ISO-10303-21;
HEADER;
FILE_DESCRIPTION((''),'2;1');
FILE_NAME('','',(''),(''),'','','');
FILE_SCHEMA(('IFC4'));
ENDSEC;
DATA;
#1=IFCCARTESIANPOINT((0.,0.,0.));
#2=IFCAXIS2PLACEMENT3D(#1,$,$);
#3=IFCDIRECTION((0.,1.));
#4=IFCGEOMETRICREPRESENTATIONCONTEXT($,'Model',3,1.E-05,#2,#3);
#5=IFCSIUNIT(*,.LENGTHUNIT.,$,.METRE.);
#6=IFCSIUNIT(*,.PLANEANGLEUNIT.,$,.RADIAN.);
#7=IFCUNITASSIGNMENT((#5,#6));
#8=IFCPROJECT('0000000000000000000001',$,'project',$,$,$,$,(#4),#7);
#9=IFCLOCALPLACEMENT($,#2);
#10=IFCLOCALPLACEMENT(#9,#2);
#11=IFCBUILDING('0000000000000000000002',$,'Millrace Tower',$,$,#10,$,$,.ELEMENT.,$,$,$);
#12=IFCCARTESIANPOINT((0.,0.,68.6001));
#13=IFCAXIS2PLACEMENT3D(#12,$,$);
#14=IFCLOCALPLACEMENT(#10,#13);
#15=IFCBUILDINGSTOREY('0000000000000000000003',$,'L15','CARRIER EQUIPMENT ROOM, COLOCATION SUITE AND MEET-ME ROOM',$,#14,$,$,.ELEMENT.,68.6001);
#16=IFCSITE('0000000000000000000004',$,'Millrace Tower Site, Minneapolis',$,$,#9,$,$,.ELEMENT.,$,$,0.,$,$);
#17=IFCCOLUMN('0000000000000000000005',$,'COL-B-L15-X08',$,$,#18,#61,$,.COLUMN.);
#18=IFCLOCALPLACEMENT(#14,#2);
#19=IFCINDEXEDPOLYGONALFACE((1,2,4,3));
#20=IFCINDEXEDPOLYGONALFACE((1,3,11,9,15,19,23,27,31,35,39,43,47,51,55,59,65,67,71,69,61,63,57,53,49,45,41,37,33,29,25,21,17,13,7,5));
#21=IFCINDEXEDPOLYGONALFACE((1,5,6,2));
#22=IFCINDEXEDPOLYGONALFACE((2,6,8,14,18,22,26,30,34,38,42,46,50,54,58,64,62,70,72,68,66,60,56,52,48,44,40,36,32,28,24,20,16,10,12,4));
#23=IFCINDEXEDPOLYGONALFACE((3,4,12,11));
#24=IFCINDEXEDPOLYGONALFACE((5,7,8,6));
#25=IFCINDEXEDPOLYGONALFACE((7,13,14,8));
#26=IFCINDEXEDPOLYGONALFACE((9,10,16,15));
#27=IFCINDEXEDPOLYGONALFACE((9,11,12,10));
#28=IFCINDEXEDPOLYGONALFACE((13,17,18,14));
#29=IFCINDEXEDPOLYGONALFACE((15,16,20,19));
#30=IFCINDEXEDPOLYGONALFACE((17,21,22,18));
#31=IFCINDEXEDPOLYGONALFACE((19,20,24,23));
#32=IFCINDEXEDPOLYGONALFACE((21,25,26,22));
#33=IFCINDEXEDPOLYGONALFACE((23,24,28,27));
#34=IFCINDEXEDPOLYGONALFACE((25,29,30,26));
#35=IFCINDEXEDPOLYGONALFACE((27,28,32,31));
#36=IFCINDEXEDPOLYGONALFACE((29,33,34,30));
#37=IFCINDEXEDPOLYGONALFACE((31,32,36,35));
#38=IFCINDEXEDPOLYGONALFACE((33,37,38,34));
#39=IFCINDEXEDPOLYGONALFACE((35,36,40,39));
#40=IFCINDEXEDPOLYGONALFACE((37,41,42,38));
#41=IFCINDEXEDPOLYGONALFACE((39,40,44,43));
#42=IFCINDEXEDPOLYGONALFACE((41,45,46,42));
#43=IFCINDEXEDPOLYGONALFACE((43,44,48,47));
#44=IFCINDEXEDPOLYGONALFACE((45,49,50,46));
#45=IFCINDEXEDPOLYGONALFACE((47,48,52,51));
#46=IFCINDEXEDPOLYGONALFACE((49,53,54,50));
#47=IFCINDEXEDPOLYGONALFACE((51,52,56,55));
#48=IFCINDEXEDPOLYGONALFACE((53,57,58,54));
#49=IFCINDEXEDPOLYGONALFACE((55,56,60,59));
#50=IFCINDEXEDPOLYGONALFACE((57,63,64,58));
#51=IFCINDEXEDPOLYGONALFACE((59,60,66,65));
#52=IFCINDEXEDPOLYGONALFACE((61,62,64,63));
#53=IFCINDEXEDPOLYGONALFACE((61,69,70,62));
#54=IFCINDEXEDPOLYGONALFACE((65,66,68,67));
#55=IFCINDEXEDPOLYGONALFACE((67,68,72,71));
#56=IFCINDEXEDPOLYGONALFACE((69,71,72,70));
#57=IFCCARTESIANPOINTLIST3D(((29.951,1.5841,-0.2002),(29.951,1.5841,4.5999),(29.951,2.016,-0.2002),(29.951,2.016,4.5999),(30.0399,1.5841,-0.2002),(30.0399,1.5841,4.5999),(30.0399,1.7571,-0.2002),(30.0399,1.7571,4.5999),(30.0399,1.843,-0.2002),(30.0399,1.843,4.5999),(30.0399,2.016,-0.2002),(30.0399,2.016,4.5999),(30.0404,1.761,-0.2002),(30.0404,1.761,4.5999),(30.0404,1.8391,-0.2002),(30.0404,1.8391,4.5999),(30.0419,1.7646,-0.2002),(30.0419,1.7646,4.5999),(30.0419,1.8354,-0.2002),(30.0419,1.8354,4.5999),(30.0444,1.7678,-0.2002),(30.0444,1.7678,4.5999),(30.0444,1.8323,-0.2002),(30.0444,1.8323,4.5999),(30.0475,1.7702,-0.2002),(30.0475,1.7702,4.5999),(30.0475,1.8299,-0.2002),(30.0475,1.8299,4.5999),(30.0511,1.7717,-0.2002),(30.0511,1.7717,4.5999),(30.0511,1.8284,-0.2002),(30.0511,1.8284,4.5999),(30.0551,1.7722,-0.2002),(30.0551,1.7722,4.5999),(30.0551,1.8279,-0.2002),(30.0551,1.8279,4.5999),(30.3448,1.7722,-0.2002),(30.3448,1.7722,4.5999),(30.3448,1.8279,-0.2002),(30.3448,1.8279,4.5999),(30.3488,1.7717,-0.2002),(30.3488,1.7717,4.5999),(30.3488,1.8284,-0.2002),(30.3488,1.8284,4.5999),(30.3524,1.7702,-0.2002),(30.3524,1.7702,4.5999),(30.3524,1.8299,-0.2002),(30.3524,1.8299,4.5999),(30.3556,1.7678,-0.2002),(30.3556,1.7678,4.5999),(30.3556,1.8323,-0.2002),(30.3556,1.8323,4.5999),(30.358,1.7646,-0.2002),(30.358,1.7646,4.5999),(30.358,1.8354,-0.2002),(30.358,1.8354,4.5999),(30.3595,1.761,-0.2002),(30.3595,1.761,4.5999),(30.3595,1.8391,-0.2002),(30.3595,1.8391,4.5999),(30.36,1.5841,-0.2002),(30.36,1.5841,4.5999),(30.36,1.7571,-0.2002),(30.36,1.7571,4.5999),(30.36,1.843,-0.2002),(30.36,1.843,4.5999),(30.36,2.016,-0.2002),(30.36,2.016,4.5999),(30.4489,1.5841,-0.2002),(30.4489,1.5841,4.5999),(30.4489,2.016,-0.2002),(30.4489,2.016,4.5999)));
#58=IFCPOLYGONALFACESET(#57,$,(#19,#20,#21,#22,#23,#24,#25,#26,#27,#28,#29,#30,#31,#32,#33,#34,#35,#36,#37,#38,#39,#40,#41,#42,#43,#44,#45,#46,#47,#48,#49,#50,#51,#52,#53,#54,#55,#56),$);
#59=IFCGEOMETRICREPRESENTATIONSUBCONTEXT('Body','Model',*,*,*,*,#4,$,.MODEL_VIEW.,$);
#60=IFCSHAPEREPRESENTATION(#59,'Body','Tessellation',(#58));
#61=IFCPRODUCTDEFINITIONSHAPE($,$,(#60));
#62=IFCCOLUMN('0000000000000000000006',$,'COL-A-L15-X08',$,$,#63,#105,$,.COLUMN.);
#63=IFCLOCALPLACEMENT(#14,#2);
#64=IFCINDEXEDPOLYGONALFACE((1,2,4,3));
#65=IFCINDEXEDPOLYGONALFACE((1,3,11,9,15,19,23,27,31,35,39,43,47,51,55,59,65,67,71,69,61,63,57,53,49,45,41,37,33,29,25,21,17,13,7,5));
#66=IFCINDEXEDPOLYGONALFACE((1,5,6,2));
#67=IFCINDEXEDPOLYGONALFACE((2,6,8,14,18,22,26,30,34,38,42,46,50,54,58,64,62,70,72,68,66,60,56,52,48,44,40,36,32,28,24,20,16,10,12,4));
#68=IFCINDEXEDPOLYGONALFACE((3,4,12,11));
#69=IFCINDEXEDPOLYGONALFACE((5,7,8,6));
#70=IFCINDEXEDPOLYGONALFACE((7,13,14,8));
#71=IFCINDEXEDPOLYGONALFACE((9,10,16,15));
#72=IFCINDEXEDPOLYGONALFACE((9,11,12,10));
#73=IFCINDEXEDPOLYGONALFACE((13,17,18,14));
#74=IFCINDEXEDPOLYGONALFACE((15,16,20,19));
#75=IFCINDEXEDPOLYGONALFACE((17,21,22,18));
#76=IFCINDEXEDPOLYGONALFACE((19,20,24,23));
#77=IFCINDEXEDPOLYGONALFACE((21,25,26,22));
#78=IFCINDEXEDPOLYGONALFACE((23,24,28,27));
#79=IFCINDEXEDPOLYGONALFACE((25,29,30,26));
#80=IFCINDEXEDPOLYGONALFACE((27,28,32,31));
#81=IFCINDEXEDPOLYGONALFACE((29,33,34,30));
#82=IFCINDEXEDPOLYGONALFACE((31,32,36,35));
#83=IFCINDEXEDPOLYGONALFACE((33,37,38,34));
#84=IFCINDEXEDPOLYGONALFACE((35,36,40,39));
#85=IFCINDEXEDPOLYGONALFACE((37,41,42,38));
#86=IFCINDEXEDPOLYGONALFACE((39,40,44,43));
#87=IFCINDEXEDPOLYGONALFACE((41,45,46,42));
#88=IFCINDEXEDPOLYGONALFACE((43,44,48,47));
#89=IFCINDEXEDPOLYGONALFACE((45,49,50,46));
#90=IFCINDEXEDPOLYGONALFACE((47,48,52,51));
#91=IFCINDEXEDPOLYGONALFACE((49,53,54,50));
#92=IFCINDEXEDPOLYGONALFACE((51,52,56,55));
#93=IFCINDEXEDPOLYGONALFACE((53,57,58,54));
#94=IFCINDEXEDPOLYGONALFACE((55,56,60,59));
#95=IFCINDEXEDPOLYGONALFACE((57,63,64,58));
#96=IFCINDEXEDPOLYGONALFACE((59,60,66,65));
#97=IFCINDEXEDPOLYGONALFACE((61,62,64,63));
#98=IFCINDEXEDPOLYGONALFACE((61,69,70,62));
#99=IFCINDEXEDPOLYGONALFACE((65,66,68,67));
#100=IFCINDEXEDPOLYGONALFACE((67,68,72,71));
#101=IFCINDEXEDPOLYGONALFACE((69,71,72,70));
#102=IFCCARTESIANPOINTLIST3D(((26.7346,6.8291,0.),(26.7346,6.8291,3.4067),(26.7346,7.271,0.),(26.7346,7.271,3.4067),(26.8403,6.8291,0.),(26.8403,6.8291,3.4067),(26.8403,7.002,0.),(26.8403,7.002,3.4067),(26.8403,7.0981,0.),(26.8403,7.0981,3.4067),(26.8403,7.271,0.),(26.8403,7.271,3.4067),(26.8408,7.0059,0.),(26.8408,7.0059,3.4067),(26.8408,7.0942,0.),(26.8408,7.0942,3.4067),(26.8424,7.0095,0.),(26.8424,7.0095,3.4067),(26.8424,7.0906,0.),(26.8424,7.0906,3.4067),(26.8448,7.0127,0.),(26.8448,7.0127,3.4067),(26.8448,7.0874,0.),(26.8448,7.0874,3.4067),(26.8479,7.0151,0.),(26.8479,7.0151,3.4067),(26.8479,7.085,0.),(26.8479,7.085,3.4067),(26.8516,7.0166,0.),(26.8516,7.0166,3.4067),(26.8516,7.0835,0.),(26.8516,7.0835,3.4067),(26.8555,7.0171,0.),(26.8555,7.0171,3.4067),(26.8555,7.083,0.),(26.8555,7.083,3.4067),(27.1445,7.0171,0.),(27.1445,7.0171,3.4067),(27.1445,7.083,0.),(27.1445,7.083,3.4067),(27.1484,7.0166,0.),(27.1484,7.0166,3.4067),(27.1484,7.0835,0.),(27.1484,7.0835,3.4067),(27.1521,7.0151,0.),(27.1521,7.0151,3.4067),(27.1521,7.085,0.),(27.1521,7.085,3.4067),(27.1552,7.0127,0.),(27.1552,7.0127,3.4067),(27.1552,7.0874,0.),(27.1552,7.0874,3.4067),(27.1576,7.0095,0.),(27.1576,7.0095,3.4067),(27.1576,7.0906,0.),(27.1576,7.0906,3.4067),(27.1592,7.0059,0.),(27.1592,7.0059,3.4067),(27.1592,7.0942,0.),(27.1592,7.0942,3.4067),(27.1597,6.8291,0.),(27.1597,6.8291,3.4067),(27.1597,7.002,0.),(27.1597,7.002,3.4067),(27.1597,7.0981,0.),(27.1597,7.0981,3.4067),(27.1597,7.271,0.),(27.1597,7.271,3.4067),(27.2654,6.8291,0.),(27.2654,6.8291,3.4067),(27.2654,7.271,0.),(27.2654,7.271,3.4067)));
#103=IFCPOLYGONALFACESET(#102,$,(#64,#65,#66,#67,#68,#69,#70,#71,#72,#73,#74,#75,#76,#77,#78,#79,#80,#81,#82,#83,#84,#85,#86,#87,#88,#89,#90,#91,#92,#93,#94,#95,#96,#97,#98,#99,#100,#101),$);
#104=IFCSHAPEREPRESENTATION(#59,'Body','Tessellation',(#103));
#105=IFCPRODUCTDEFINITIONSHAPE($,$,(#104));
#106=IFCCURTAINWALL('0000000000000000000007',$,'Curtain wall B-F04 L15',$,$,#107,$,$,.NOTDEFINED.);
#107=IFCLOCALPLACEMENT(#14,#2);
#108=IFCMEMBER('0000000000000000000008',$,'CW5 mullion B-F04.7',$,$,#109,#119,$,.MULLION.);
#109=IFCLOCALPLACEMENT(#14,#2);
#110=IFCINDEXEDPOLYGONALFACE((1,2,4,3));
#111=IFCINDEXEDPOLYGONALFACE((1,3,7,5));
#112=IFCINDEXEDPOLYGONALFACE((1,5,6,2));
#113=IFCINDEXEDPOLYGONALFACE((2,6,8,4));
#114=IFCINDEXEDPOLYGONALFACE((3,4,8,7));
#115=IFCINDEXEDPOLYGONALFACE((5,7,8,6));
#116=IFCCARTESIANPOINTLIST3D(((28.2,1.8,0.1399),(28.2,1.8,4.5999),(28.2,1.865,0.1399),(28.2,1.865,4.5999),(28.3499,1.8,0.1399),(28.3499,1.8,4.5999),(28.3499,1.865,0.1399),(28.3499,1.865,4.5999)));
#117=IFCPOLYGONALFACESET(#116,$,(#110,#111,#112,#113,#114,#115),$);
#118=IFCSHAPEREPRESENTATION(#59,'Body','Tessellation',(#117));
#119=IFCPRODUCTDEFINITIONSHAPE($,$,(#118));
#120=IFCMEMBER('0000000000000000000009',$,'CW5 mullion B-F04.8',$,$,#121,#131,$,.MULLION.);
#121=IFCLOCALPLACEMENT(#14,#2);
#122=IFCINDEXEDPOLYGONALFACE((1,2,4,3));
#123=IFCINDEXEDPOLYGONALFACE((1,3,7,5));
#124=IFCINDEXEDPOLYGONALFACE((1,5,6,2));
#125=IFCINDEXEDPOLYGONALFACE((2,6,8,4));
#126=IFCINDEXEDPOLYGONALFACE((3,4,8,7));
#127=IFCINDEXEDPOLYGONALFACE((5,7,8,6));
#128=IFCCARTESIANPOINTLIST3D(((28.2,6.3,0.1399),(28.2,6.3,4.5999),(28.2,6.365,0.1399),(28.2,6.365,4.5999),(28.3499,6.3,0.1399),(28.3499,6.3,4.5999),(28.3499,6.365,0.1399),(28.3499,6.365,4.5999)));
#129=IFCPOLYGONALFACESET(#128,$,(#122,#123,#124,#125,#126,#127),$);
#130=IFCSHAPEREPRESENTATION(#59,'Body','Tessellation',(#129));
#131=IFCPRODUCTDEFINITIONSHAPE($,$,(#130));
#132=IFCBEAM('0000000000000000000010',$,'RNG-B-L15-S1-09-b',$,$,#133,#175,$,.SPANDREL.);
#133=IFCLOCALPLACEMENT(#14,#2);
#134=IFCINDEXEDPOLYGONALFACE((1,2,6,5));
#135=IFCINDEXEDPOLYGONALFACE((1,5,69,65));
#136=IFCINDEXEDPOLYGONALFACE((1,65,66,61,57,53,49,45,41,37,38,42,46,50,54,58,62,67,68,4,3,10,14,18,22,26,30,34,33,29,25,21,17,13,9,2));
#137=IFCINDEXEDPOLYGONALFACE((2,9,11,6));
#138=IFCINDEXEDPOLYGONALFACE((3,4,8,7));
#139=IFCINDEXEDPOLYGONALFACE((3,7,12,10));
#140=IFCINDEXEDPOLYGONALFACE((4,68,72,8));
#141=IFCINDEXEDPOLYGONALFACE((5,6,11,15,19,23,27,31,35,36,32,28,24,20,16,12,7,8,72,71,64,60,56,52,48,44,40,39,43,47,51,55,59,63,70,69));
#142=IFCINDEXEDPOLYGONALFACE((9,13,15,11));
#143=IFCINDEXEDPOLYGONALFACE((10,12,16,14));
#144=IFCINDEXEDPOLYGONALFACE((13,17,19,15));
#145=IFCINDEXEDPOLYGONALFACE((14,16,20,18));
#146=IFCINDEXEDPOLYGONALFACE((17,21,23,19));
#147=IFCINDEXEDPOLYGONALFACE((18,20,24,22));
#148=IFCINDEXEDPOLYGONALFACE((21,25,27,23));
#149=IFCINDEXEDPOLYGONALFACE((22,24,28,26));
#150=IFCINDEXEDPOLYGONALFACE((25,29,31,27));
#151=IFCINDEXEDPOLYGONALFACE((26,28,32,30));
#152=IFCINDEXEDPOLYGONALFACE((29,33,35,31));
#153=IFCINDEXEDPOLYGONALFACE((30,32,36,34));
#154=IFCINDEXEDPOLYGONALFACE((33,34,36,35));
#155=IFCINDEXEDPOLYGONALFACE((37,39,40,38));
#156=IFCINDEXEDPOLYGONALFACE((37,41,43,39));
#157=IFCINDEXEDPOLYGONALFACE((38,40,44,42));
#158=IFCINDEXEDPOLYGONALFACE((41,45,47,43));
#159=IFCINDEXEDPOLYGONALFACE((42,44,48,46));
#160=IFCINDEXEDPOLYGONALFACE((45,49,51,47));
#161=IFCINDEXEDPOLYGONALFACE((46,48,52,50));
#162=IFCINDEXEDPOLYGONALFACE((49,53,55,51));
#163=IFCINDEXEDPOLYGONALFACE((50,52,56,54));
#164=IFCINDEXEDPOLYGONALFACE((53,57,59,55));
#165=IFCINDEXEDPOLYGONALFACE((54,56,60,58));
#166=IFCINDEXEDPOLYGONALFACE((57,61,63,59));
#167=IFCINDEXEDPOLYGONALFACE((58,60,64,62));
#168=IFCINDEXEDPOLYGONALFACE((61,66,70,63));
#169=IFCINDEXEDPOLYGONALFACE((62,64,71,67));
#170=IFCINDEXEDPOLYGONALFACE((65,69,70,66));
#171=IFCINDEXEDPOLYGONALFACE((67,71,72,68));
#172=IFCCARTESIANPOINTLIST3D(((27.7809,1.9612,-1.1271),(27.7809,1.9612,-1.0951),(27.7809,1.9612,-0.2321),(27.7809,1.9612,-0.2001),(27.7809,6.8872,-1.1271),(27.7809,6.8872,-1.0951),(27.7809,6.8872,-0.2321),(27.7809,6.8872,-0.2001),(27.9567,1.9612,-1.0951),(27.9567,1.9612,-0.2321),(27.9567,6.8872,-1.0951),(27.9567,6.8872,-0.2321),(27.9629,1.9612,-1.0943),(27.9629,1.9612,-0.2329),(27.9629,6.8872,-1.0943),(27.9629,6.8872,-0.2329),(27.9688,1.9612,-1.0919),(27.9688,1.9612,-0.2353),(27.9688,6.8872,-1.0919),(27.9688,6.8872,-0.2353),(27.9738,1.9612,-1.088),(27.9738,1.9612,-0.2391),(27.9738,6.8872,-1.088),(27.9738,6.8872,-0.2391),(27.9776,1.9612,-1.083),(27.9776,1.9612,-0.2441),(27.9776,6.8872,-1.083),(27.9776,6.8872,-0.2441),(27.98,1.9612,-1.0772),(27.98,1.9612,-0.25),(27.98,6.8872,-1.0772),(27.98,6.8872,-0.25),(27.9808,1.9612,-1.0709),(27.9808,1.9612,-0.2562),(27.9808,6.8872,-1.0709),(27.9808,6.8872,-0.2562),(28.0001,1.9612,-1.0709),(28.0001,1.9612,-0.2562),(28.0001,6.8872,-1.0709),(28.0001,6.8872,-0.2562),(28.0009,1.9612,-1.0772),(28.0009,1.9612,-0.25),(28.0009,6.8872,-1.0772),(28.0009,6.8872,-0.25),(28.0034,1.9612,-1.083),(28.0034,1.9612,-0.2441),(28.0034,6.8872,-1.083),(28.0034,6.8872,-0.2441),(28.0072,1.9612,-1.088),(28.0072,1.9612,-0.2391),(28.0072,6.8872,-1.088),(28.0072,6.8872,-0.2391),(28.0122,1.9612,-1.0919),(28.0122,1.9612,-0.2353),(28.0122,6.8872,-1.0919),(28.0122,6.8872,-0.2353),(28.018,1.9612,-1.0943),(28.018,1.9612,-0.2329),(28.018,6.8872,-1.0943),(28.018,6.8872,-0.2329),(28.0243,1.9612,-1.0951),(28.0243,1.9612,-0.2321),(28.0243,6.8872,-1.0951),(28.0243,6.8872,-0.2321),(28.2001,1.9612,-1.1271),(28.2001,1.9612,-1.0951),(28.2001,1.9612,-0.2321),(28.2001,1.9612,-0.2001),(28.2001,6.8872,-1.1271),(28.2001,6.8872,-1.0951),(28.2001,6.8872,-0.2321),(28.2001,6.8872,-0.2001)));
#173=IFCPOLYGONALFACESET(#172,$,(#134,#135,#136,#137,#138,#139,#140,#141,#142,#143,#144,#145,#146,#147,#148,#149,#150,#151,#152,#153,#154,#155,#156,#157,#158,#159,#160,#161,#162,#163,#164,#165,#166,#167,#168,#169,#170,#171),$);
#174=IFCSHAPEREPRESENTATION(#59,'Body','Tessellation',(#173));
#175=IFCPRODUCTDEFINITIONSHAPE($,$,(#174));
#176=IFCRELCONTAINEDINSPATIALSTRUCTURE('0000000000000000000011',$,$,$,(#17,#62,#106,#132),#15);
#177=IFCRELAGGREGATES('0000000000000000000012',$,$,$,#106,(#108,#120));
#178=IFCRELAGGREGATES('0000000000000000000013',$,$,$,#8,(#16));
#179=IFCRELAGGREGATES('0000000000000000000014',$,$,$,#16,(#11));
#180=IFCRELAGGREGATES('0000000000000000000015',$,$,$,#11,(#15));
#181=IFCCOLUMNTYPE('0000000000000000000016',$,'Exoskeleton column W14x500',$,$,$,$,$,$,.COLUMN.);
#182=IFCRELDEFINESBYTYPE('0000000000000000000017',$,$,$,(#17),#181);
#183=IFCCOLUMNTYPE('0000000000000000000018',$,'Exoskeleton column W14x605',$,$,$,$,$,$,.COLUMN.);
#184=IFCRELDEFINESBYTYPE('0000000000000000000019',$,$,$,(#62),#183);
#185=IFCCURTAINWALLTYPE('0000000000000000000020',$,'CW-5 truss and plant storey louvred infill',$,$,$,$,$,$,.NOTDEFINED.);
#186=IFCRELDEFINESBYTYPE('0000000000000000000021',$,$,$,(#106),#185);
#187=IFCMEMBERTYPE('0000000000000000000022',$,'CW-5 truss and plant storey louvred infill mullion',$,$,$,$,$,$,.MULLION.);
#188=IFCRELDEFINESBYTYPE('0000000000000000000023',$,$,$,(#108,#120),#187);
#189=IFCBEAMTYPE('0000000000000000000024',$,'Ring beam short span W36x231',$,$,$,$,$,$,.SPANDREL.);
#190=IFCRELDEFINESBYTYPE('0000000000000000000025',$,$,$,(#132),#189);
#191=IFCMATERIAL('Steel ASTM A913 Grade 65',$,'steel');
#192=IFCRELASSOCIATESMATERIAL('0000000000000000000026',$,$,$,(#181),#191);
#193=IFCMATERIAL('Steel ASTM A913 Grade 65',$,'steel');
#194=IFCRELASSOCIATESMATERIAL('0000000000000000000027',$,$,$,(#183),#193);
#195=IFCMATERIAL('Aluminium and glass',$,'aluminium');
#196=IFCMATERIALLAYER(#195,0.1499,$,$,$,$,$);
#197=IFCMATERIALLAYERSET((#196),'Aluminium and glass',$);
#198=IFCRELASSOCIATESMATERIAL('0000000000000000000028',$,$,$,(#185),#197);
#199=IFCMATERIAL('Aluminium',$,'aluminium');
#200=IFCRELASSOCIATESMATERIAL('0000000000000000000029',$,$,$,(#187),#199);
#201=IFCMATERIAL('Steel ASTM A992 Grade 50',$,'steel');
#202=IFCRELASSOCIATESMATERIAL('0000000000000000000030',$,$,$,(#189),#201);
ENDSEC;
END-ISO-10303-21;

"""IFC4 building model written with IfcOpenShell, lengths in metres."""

from ifc_helpers import new_model, si_unit, direction, frame, origin, origin_2d, place, context, subcontext, project, spatial, rectangle, i_section, extrude, material, layer, layer_set, material_profile, profile_set, type_object, element, aggregate, save


model = new_model("IFC4")

# Units and contexts
model_context = context("Model", 3, precision=1e-05, world=origin(), true_north=direction((0.0, 1.0)))
body_context = subcontext(model_context, "Body", "Model", "MODEL_VIEW")
ifc_project = project(units=[si_unit("LENGTHUNIT", "METRE"), si_unit("PLANEANGLEUNIT", "RADIAN")], contexts=[model_context])

# Site, building, storey
site_placement = place(None, origin())
site = spatial("IfcSite", under=ifc_project, at=site_placement, Name="Millrace Tower Site, Minneapolis", CompositionType="ELEMENT", RefElevation=0.0)
building_placement = place(site_placement, origin())
building = spatial("IfcBuilding", under=site, at=building_placement, Name="Millrace Tower", CompositionType="ELEMENT")
storey_placement = place(building_placement, frame((0.0, 0.0, 68.6001)))
storey = spatial("IfcBuildingStorey", under=building, at=storey_placement, Name="L15", Description="CARRIER EQUIPMENT ROOM, COLOCATION SUITE AND MEET-ME ROOM", CompositionType="ELEMENT", Elevation=68.6001)

# Columns
ifc_material_1 = material(Name="Steel ASTM A913 Grade 65", Category="steel")
ifc_material_profile_1 = material_profile(ifc_material_1, i_section(OverallWidth=0.4319, OverallDepth=0.4978, WebThickness=0.0557, FlangeThickness=0.0889, FilletRadius=0.0151, at=origin_2d()))
ifc_profile_set_1 = profile_set([ifc_material_profile_1], Name="Steel ASTM A913 Grade 65")
column_type_1 = type_object("IfcColumnType", Name="Exoskeleton column W14x500", PredefinedType="COLUMN", material=ifc_profile_set_1)
column_1_placement = place(storey_placement, frame((30.2, 1.8, -0.2002), z_axis=(0.0, 0.0, 1.0), x_axis=(0.0, 1.0, 0.0)))
element("IfcColumn", 1, at=column_1_placement, inside=storey, type_object=column_type_1, Name="COL-B-L15-X08", PredefinedType="COLUMN", context=body_context, shape_type="SweptSolid", body=[
    extrude(i_section(OverallWidth=0.4319, OverallDepth=0.4978, WebThickness=0.0557, FlangeThickness=0.0889, FilletRadius=0.0151, at=origin_2d()), origin(), (0.0, 0.0, 1.0), 4.8),
])
ifc_material_2 = material(Name="Steel ASTM A913 Grade 65", Category="steel")
ifc_material_profile_2 = material_profile(ifc_material_2, i_section(OverallWidth=0.4419, OverallDepth=0.5308, WebThickness=0.0659, FlangeThickness=0.1057, FilletRadius=0.0151, at=origin_2d()))
ifc_profile_set_2 = profile_set([ifc_material_profile_2], Name="Steel ASTM A913 Grade 65")
column_type_2 = type_object("IfcColumnType", Name="Exoskeleton column W14x605", PredefinedType="COLUMN", material=ifc_profile_set_2)
column_2_placement = place(storey_placement, frame((27.0, 7.05, 0.0), z_axis=(0.0, 0.0, 1.0), x_axis=(0.0, 1.0, 0.0)))
element("IfcColumn", 2, at=column_2_placement, inside=storey, type_object=column_type_2, Name="COL-A-L15-X08", PredefinedType="COLUMN", context=body_context, shape_type="SweptSolid", body=[
    extrude(i_section(OverallWidth=0.4419, OverallDepth=0.5308, WebThickness=0.0659, FlangeThickness=0.1057, FilletRadius=0.0151, at=origin_2d()), origin(), (0.0, 0.0, 1.0), 3.4067),
])

# Curtain wall, members
ifc_material_3 = material(Name="Aluminium and glass", Category="aluminium")
ifc_layer_1 = layer(ifc_material_3, 0.1499)
ifc_layer_set_1 = layer_set([ifc_layer_1], Name="Aluminium and glass")
curtain_wall_type = type_object("IfcCurtainWallType", Name="CW-5 truss and plant storey louvred infill", PredefinedType="NOTDEFINED", material=ifc_layer_set_1)
curtain_wall_placement = place(storey_placement, origin())
curtain_wall = element("IfcCurtainWall", 3, at=curtain_wall_placement, inside=storey, type_object=curtain_wall_type, Name="Curtain wall B-F04 L15", PredefinedType="NOTDEFINED")
ifc_material_4 = material(Name="Aluminium", Category="aluminium")
ifc_material_profile_3 = material_profile(ifc_material_4, rectangle(XDim=0.0649, YDim=0.1499, at=origin_2d()))
ifc_profile_set_3 = profile_set([ifc_material_profile_3], Name="Aluminium")
member_type_1 = type_object("IfcMemberType", Name="CW-5 truss and plant storey louvred infill mullion", PredefinedType="MULLION", material=ifc_profile_set_3)
member_1_placement = place(storey_placement, frame((28.2749, 1.8325, 0.1399), z_axis=(0.0, 0.0, 1.0), x_axis=(0.0, 1.0, 0.0)))
member_1 = element("IfcMember", 4, at=member_1_placement, type_object=member_type_1, Name="CW5 mullion B-F04.7", PredefinedType="MULLION", context=body_context, shape_type="SweptSolid", body=[
    extrude(rectangle(XDim=0.0649, YDim=0.1499, at=origin_2d()), origin(), (0.0, 0.0, 1.0), 4.46),
])
member_2_placement = place(storey_placement, frame((28.2749, 6.3325, 0.1399), z_axis=(0.0, 0.0, 1.0), x_axis=(0.0, 1.0, 0.0)))
member_2 = element("IfcMember", 5, at=member_2_placement, type_object=member_type_1, Name="CW5 mullion B-F04.8", PredefinedType="MULLION", context=body_context, shape_type="SweptSolid", body=[
    extrude(rectangle(XDim=0.0649, YDim=0.1499, at=origin_2d()), origin(), (0.0, 0.0, 1.0), 4.46),
])
aggregate(curtain_wall, [member_1, member_2])

# Beam
ifc_material_5 = material(Name="Steel ASTM A992 Grade 50", Category="steel")
ifc_material_profile_4 = material_profile(ifc_material_5, i_section(OverallWidth=0.4192, OverallDepth=0.927, WebThickness=0.0193, FlangeThickness=0.032, FilletRadius=0.0242, at=origin_2d()))
ifc_profile_set_4 = profile_set([ifc_material_profile_4], Name="Steel ASTM A992 Grade 50")
beam_type_1 = type_object("IfcBeamType", Name="Ring beam short span W36x231", PredefinedType="SPANDREL", material=ifc_profile_set_4)
beam_1_placement = place(storey_placement, frame((27.9905, 6.8872, -0.6636), z_axis=(0.0, -1.0, 0.0), x_axis=(1.0, 0.0, 0.0)))
element("IfcBeam", 6, at=beam_1_placement, inside=storey, type_object=beam_type_1, Name="RNG-B-L15-S1-09-b", PredefinedType="SPANDREL", context=body_context, shape_type="SweptSolid", body=[
    extrude(i_section(OverallWidth=0.4192, OverallDepth=0.927, WebThickness=0.0193, FlangeThickness=0.032, FilletRadius=0.0242, at=origin_2d()), origin(), (0.0, 0.0, 1.0), 4.926),
])

save(model, "model.ifc")
